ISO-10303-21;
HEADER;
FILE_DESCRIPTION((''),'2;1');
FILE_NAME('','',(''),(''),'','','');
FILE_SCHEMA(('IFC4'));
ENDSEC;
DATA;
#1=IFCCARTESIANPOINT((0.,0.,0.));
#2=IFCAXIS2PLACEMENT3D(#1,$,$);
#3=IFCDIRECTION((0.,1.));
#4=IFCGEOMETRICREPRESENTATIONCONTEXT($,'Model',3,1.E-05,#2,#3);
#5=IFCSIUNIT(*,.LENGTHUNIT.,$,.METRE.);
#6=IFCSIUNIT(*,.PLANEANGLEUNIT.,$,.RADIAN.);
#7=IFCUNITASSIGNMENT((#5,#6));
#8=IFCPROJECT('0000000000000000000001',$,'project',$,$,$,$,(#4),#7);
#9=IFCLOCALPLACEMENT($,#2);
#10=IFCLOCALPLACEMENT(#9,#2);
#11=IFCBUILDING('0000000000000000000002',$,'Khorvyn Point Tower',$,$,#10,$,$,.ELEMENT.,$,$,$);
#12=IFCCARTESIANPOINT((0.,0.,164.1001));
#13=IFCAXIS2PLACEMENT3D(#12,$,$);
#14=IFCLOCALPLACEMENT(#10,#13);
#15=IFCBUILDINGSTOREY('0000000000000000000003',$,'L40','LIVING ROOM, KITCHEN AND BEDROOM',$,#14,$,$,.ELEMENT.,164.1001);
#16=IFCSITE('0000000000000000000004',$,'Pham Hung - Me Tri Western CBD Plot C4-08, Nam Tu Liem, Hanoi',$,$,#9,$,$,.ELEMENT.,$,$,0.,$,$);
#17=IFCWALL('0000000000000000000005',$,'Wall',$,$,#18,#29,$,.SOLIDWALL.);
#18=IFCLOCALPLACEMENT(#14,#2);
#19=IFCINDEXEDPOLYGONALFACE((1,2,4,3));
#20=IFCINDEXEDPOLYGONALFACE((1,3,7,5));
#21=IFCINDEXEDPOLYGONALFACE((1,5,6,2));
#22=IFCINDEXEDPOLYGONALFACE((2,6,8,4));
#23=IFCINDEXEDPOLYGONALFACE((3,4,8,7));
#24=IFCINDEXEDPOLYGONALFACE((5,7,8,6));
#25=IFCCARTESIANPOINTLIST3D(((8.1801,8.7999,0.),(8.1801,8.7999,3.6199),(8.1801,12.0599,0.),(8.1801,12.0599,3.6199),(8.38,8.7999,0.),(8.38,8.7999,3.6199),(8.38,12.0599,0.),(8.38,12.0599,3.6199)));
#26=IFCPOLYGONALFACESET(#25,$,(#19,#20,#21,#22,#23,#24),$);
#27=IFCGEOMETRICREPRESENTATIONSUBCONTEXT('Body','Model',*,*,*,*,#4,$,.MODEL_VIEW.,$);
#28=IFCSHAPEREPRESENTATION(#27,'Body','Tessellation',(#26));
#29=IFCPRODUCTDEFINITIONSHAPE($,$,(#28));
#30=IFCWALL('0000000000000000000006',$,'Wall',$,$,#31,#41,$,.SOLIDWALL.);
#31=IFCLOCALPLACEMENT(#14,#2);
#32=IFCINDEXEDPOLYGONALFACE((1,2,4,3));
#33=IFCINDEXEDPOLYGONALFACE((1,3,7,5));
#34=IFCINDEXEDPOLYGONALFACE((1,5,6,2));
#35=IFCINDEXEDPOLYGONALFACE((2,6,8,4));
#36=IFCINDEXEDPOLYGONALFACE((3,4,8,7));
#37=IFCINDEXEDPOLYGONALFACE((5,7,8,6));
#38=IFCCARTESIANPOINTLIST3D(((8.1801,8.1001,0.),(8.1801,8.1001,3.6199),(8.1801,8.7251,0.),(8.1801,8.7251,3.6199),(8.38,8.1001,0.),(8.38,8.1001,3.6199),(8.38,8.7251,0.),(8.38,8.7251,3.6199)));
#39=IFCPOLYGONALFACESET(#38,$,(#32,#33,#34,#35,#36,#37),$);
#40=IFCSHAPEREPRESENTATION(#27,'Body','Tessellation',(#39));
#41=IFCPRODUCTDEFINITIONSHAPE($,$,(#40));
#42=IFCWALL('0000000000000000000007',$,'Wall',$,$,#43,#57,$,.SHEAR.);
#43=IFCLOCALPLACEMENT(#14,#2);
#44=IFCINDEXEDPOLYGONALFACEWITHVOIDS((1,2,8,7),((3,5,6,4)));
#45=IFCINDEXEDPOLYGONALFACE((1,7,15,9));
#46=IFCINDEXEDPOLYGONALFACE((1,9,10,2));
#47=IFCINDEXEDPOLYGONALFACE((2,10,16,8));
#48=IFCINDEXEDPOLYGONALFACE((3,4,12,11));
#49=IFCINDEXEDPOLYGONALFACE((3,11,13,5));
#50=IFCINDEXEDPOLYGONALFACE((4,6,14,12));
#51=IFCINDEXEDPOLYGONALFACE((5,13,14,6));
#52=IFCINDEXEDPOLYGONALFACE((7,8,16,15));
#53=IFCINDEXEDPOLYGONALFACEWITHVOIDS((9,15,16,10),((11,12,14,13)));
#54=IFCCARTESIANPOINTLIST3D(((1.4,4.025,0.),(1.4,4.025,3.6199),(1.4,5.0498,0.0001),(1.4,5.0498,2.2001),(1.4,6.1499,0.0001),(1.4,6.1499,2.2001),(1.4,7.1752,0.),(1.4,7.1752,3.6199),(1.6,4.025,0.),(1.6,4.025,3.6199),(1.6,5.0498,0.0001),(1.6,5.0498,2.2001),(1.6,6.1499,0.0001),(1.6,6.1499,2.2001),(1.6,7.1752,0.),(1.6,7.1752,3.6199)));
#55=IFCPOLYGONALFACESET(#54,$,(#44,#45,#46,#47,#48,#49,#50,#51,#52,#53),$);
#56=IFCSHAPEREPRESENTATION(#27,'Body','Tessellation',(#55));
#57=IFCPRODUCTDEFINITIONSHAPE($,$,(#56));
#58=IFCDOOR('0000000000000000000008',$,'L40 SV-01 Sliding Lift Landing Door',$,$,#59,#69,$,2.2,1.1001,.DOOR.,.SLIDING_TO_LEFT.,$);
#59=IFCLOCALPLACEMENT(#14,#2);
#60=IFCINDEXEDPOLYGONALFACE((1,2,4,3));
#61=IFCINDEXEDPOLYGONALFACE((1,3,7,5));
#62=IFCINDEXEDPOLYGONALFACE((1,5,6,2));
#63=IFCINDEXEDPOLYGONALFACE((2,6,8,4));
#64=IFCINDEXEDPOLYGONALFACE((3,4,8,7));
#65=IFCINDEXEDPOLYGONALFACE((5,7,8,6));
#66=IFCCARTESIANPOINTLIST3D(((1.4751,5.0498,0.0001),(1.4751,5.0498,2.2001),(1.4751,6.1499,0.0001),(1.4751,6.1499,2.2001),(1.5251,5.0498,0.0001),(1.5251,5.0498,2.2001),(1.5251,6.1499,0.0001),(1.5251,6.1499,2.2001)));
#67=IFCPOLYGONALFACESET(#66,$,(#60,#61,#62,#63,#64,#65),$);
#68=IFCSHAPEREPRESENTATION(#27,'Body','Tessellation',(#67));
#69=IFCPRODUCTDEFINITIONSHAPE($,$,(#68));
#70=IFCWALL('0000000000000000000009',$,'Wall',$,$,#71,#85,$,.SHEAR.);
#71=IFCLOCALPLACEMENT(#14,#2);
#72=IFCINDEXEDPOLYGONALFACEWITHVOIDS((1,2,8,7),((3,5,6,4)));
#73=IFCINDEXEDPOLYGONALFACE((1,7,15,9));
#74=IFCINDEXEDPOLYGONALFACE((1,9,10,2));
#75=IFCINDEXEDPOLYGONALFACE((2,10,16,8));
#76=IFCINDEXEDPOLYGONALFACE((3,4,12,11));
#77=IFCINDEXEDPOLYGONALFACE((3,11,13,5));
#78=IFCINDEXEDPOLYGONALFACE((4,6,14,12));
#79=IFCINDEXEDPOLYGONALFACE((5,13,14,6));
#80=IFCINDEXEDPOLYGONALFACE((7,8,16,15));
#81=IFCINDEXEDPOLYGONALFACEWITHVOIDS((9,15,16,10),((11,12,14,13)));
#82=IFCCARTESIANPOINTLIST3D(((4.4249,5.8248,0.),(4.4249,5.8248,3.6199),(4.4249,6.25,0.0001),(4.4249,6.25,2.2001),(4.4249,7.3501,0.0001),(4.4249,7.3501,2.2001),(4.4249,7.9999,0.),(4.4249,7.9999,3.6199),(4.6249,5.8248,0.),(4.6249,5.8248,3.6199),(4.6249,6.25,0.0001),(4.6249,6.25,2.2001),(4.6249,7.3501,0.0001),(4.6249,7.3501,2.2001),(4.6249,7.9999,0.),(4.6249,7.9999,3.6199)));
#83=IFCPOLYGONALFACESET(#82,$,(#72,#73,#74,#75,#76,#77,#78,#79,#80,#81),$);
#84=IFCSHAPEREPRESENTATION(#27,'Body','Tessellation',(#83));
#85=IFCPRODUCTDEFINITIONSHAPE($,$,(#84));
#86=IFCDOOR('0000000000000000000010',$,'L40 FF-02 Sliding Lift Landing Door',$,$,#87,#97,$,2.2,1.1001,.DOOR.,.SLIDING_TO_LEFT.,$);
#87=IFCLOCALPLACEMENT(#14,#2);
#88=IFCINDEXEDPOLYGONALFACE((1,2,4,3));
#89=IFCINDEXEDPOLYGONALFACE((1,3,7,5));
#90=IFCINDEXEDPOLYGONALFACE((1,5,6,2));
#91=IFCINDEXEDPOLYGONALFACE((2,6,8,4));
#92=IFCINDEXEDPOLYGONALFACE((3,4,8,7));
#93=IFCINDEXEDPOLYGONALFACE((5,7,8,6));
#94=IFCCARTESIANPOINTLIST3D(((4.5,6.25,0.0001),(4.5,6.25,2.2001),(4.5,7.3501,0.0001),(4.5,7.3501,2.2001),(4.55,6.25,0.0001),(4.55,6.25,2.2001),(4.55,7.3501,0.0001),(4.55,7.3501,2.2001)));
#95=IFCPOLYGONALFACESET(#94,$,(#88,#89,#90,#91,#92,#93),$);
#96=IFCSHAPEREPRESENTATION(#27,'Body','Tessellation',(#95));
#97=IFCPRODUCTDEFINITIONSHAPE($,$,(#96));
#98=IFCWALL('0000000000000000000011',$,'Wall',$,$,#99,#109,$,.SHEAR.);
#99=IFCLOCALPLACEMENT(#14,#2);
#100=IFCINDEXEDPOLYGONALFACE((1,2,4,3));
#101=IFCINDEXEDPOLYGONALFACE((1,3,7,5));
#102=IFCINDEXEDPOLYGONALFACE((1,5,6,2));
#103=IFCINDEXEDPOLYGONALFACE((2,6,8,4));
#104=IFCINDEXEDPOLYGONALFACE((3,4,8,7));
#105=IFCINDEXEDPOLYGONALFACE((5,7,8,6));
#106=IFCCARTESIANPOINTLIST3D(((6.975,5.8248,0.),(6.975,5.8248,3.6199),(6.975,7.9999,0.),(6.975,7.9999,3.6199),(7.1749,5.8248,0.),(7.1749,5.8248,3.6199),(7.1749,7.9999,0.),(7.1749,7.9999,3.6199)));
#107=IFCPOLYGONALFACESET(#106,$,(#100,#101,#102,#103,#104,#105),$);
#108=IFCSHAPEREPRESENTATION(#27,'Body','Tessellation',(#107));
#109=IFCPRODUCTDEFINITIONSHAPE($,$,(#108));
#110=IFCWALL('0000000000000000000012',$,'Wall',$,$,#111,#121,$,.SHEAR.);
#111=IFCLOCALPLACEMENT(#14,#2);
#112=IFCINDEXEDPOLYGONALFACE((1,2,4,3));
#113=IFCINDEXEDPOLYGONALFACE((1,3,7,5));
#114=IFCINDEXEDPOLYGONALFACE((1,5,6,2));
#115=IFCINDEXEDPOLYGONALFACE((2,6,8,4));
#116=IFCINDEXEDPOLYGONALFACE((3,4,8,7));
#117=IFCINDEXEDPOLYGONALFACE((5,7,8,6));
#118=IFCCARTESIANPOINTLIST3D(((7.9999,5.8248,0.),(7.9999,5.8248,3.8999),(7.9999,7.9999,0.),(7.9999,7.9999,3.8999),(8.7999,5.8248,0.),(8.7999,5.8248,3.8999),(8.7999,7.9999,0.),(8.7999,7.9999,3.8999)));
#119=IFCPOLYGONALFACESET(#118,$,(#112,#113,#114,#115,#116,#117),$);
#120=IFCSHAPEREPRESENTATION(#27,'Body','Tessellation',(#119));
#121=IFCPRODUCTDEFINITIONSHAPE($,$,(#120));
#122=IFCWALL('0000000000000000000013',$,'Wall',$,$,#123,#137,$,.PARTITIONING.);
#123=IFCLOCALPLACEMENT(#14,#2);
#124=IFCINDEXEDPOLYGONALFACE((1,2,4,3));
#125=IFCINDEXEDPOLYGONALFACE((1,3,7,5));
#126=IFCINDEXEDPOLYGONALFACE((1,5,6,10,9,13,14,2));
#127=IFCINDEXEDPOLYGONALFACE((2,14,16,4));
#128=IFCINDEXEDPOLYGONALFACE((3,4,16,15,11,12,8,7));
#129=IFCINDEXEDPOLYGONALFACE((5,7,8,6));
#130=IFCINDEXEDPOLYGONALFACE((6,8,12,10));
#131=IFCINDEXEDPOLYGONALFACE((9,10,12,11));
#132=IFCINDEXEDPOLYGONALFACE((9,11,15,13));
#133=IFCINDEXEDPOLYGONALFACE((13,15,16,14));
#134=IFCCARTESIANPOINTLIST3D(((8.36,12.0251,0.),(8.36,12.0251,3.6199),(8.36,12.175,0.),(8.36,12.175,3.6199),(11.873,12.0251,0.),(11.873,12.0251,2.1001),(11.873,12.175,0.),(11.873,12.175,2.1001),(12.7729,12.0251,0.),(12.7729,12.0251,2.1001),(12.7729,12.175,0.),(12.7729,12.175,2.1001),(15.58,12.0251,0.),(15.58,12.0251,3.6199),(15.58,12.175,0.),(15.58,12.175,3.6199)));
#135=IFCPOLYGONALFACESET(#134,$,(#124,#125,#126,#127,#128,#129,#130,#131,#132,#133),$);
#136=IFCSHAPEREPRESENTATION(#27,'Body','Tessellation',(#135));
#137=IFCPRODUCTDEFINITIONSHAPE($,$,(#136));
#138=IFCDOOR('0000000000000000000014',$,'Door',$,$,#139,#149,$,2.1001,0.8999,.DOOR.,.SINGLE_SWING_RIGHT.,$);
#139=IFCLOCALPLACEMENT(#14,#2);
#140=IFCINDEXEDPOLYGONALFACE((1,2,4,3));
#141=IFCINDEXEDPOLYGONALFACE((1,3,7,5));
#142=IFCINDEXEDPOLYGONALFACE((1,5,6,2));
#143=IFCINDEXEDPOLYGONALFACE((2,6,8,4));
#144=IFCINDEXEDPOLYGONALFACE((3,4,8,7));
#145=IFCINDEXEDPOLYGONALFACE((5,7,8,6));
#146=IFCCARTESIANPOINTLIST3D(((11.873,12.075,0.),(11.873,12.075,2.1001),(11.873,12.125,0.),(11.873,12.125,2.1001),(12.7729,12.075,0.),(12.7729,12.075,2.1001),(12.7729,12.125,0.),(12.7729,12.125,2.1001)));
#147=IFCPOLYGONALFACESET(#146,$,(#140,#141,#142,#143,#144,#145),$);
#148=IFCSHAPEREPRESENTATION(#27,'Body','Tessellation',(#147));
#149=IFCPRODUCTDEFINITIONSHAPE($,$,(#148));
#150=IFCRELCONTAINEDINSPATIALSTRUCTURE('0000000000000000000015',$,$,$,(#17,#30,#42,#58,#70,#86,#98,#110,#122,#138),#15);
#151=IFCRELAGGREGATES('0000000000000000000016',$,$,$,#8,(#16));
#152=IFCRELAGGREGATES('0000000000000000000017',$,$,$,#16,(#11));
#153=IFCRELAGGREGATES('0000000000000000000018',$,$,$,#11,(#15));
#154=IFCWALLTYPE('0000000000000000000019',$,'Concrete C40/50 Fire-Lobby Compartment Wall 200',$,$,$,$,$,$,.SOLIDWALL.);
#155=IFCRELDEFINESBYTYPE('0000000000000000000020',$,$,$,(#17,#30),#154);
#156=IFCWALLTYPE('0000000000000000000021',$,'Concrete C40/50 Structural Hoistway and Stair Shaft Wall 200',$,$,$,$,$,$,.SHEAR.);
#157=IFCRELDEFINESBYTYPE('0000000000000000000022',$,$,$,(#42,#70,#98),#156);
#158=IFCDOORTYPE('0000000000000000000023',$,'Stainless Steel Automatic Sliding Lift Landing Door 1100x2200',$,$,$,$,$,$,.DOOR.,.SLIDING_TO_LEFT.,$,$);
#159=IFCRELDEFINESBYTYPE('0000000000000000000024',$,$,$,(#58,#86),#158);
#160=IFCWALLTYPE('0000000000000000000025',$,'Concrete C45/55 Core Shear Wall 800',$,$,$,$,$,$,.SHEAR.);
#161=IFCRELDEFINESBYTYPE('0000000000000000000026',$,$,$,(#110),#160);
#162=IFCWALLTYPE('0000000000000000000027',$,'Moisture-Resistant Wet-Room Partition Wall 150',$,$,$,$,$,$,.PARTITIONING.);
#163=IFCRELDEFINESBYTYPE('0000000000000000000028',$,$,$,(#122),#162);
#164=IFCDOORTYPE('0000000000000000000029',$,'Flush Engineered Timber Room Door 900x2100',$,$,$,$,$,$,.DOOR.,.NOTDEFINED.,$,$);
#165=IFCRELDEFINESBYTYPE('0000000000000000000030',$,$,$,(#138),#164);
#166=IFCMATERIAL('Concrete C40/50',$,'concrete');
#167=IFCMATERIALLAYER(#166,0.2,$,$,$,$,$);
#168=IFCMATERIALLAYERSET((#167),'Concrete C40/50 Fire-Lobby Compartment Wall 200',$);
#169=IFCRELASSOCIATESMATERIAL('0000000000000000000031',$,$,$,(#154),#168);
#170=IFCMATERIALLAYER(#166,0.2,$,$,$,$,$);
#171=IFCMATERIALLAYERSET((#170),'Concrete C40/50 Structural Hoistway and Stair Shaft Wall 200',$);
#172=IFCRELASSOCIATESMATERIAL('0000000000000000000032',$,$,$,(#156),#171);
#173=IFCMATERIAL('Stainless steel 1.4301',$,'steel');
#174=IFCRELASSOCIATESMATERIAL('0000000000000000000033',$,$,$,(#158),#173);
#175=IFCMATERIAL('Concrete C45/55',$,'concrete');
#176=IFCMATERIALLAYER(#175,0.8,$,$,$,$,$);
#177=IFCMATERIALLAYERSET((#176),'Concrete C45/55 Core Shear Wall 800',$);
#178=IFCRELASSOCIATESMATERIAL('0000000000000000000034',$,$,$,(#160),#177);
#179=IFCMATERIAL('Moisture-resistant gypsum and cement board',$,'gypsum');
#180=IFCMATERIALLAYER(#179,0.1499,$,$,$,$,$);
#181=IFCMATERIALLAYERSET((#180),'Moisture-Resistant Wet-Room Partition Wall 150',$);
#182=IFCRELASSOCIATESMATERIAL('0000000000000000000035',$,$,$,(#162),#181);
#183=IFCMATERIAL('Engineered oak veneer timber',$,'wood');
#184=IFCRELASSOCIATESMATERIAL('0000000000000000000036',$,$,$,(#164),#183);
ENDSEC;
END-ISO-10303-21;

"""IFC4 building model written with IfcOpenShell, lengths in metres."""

from ifc_helpers import new_model, si_unit, direction, frame, frame_2d, origin, place, context, subcontext, project, spatial, rectangle, extrude, material, layer, layer_set, type_object, element, fill, save


model = new_model("IFC4")

# Units and contexts
model_context = context("Model", 3, precision=1e-05, world=origin(), true_north=direction((0.0, 1.0)))
body_context = subcontext(model_context, "Body", "Model", "MODEL_VIEW")
ifc_project = project(units=[si_unit("LENGTHUNIT", "METRE"), si_unit("PLANEANGLEUNIT", "RADIAN")], contexts=[model_context])

# Site, building, storey
site_placement = place(None, origin())
site = spatial("IfcSite", under=ifc_project, at=site_placement, Name="Pham Hung - Me Tri Western CBD Plot C4-08, Nam Tu Liem, Hanoi", CompositionType="ELEMENT", RefElevation=0.0)
building_placement = place(site_placement, origin())
building = spatial("IfcBuilding", under=site, at=building_placement, Name="Khorvyn Point Tower", CompositionType="ELEMENT")
storey_placement = place(building_placement, frame((0.0, 0.0, 164.1001)))
storey = spatial("IfcBuildingStorey", under=building, at=storey_placement, Name="L40", Description="LIVING ROOM, KITCHEN AND BEDROOM", CompositionType="ELEMENT", Elevation=164.1001)

# Shared definitions
ifc_material_1 = material(Name="Concrete C40/50", Category="concrete")
ifc_material_2 = material(Name="Concrete C45/55", Category="concrete")

# Shared definitions
ifc_layer_1 = layer(ifc_material_1, 0.2)
ifc_layer_set_1 = layer_set([ifc_layer_1], Name="Concrete C40/50 Fire-Lobby Compartment Wall 200")
wall_type_1 = type_object("IfcWallType", Name="Concrete C40/50 Fire-Lobby Compartment Wall 200", PredefinedType="SOLIDWALL", material=ifc_layer_set_1)

# Walls
wall_1_placement = place(storey_placement, frame((8.28, 8.8, 0.0), z_axis=(0.0, 0.0, 1.0), x_axis=(0.0, 1.0, 0.0)))
element("IfcWall", 1, at=wall_1_placement, inside=storey, type_object=wall_type_1, Name="Wall", PredefinedType="SOLIDWALL", context=body_context, shape_type="SweptSolid", body=[
    extrude(rectangle(XDim=3.26, YDim=0.2, at=frame_2d((1.6299, 0.0))), origin(), (0.0, 0.0, 1.0), 3.6199),
])
wall_2_placement = place(storey_placement, frame((8.28, 8.1001, 0.0), z_axis=(0.0, 0.0, 1.0), x_axis=(0.0, 1.0, 0.0)))
element("IfcWall", 2, at=wall_2_placement, inside=storey, type_object=wall_type_1, Name="Wall", PredefinedType="SOLIDWALL", context=body_context, shape_type="SweptSolid", body=[
    extrude(rectangle(XDim=0.625, YDim=0.2, at=frame_2d((0.3125, 0.0))), origin(), (0.0, 0.0, 1.0), 3.6199),
])

# Walls, openings, doors
ifc_layer_2 = layer(ifc_material_1, 0.2)
ifc_layer_set_2 = layer_set([ifc_layer_2], Name="Concrete C40/50 Structural Hoistway and Stair Shaft Wall 200")
wall_type_2 = type_object("IfcWallType", Name="Concrete C40/50 Structural Hoistway and Stair Shaft Wall 200", PredefinedType="SHEAR", material=ifc_layer_set_2)
wall_3_placement = place(storey_placement, frame((1.5, 4.0249, 0.0), z_axis=(0.0, 0.0, 1.0), x_axis=(0.0, 1.0, 0.0)))
wall_3 = element("IfcWall", 3, at=wall_3_placement, inside=storey, type_object=wall_type_2, Name="Wall", PredefinedType="SHEAR", context=body_context, shape_type="SweptSolid", body=[
    extrude(rectangle(XDim=3.1501, YDim=0.2, at=frame_2d((1.5752, 0.0))), origin(), (0.0, 0.0, 1.0), 3.6199),
])
opening_1_placement = place(wall_3_placement, frame((1.0249, 0.0, 0.0)))
opening_1 = element("IfcOpeningElement", 4, at=opening_1_placement, cuts=wall_3, PredefinedType="OPENING", context=body_context, shape_type="SweptSolid", body=[
    extrude(rectangle(XDim=1.1001, YDim=2.2, at=frame_2d((0.55, 1.1001))), frame((0.0, 0.1099, 0.0), z_axis=(0.0, -1.0, 0.0), x_axis=(1.0, 0.0, 0.0)), (0.0, 0.0, 1.0), 0.22),
])
ifc_material_3 = material(Name="Stainless steel 1.4301", Category="steel")
door_type_1 = type_object("IfcDoorType", Name="Stainless Steel Automatic Sliding Lift Landing Door 1100x2200", OperationType="SLIDING_TO_LEFT", PredefinedType="DOOR", material=ifc_material_3)
door_1_placement = place(opening_1_placement, origin())
door_1 = element("IfcDoor", 5, at=door_1_placement, inside=storey, type_object=door_type_1, Name="L40 SV-01 Sliding Lift Landing Door", OperationType="SLIDING_TO_LEFT", OverallHeight=2.2, OverallWidth=1.1001, PredefinedType="DOOR", context=body_context, shape_type="SweptSolid", body=[
    extrude(rectangle(XDim=1.1001, YDim=2.2, at=frame_2d((0.55, 1.1001))), frame((0.0, 0.0249, 0.0), z_axis=(0.0, -1.0, 0.0), x_axis=(1.0, 0.0, 0.0)), (0.0, 0.0, 1.0), 0.05),
])
fill(opening_1, door_1)
wall_4_placement = place(storey_placement, frame((4.5249, 5.825, 0.0), z_axis=(0.0, 0.0, 1.0), x_axis=(0.0, 1.0, 0.0)))
wall_4 = element("IfcWall", 6, at=wall_4_placement, inside=storey, type_object=wall_type_2, Name="Wall", PredefinedType="SHEAR", context=body_context, shape_type="SweptSolid", body=[
    extrude(rectangle(XDim=2.175, YDim=0.2, at=frame_2d((1.0874, 0.0))), origin(), (0.0, 0.0, 1.0), 3.6199),
])
opening_2_placement = place(wall_4_placement, frame((0.425, 0.0, 0.0)))
opening_2 = element("IfcOpeningElement", 7, at=opening_2_placement, cuts=wall_4, PredefinedType="OPENING", context=body_context, shape_type="SweptSolid", body=[
    extrude(rectangle(XDim=1.1001, YDim=2.2, at=frame_2d((0.55, 1.1001))), frame((0.0, 0.1099, 0.0), z_axis=(0.0, -1.0, 0.0), x_axis=(1.0, 0.0, 0.0)), (0.0, 0.0, 1.0), 0.22),
])
door_2_placement = place(opening_2_placement, origin())
door_2 = element("IfcDoor", 8, at=door_2_placement, inside=storey, type_object=door_type_1, Name="L40 FF-02 Sliding Lift Landing Door", OperationType="SLIDING_TO_LEFT", OverallHeight=2.2, OverallWidth=1.1001, PredefinedType="DOOR", context=body_context, shape_type="SweptSolid", body=[
    extrude(rectangle(XDim=1.1001, YDim=2.2, at=frame_2d((0.55, 1.1001))), frame((0.0, 0.0249, 0.0), z_axis=(0.0, -1.0, 0.0), x_axis=(1.0, 0.0, 0.0)), (0.0, 0.0, 1.0), 0.05),
])
fill(opening_2, door_2)

# Walls
wall_5_placement = place(storey_placement, frame((7.075, 5.825, 0.0), z_axis=(0.0, 0.0, 1.0), x_axis=(0.0, 1.0, 0.0)))
element("IfcWall", 9, at=wall_5_placement, inside=storey, type_object=wall_type_2, Name="Wall", PredefinedType="SHEAR", context=body_context, shape_type="SweptSolid", body=[
    extrude(rectangle(XDim=2.175, YDim=0.2, at=frame_2d((1.0874, 0.0))), origin(), (0.0, 0.0, 1.0), 3.6199),
])
ifc_layer_3 = layer(ifc_material_2, 0.8)
ifc_layer_set_3 = layer_set([ifc_layer_3], Name="Concrete C45/55 Core Shear Wall 800")
wall_type_3 = type_object("IfcWallType", Name="Concrete C45/55 Core Shear Wall 800", PredefinedType="SHEAR", material=ifc_layer_set_3)
wall_6_placement = place(storey_placement, frame((8.3999, 5.825, 0.0), z_axis=(0.0, 0.0, 1.0), x_axis=(0.0, 1.0, 0.0)))
element("IfcWall", 10, at=wall_6_placement, inside=storey, type_object=wall_type_3, Name="Wall", PredefinedType="SHEAR", context=body_context, shape_type="SweptSolid", body=[
    extrude(rectangle(XDim=2.175, YDim=0.8, at=frame_2d((1.0874, 0.0))), origin(), (0.0, 0.0, 1.0), 3.8999),
])

# Wall, opening, door
ifc_material_4 = material(Name="Moisture-resistant gypsum and cement board", Category="gypsum")
ifc_layer_4 = layer(ifc_material_4, 0.1499)
ifc_layer_set_4 = layer_set([ifc_layer_4], Name="Moisture-Resistant Wet-Room Partition Wall 150")
wall_type_4 = type_object("IfcWallType", Name="Moisture-Resistant Wet-Room Partition Wall 150", PredefinedType="PARTITIONING", material=ifc_layer_set_4)
wall_7_placement = place(storey_placement, frame((8.3601, 12.1001, 0.0), z_axis=(0.0, 0.0, 1.0), x_axis=(1.0, 0.0, 0.0)))
wall_7 = element("IfcWall", 11, at=wall_7_placement, inside=storey, type_object=wall_type_4, Name="Wall", PredefinedType="PARTITIONING", context=body_context, shape_type="SweptSolid", body=[
    extrude(rectangle(XDim=7.22, YDim=0.1499, at=frame_2d((3.6099, 0.0))), origin(), (0.0, 0.0, 1.0), 3.6199),
])
opening_3_placement = place(wall_7_placement, frame((3.5129, 0.0, 0.0)))
opening_3 = element("IfcOpeningElement", 12, at=opening_3_placement, cuts=wall_7, PredefinedType="OPENING", context=body_context, shape_type="SweptSolid", body=[
    extrude(rectangle(XDim=0.8999, YDim=2.1001, at=frame_2d((0.45, 1.05))), frame((0.0, 0.085, 0.0), z_axis=(0.0, -1.0, 0.0), x_axis=(1.0, 0.0, 0.0)), (0.0, 0.0, 1.0), 0.1699),
])
ifc_material_5 = material(Name="Engineered oak veneer timber", Category="wood")
door_type_2 = type_object("IfcDoorType", Name="Flush Engineered Timber Room Door 900x2100", OperationType="NOTDEFINED", PredefinedType="DOOR", material=ifc_material_5)
door_3_placement = place(opening_3_placement, origin())
door_3 = element("IfcDoor", 13, at=door_3_placement, inside=storey, type_object=door_type_2, Name="Door", OperationType="SINGLE_SWING_RIGHT", OverallHeight=2.1001, OverallWidth=0.8999, PredefinedType="DOOR", context=body_context, shape_type="SweptSolid", body=[
    extrude(rectangle(XDim=0.8999, YDim=2.1001, at=frame_2d((0.45, 1.05))), frame((0.0, 0.0249, 0.0), z_axis=(0.0, -1.0, 0.0), x_axis=(1.0, 0.0, 0.0)), (0.0, 0.0, 1.0), 0.05),
])
fill(opening_3, door_3)

save(model, "model.ifc")
